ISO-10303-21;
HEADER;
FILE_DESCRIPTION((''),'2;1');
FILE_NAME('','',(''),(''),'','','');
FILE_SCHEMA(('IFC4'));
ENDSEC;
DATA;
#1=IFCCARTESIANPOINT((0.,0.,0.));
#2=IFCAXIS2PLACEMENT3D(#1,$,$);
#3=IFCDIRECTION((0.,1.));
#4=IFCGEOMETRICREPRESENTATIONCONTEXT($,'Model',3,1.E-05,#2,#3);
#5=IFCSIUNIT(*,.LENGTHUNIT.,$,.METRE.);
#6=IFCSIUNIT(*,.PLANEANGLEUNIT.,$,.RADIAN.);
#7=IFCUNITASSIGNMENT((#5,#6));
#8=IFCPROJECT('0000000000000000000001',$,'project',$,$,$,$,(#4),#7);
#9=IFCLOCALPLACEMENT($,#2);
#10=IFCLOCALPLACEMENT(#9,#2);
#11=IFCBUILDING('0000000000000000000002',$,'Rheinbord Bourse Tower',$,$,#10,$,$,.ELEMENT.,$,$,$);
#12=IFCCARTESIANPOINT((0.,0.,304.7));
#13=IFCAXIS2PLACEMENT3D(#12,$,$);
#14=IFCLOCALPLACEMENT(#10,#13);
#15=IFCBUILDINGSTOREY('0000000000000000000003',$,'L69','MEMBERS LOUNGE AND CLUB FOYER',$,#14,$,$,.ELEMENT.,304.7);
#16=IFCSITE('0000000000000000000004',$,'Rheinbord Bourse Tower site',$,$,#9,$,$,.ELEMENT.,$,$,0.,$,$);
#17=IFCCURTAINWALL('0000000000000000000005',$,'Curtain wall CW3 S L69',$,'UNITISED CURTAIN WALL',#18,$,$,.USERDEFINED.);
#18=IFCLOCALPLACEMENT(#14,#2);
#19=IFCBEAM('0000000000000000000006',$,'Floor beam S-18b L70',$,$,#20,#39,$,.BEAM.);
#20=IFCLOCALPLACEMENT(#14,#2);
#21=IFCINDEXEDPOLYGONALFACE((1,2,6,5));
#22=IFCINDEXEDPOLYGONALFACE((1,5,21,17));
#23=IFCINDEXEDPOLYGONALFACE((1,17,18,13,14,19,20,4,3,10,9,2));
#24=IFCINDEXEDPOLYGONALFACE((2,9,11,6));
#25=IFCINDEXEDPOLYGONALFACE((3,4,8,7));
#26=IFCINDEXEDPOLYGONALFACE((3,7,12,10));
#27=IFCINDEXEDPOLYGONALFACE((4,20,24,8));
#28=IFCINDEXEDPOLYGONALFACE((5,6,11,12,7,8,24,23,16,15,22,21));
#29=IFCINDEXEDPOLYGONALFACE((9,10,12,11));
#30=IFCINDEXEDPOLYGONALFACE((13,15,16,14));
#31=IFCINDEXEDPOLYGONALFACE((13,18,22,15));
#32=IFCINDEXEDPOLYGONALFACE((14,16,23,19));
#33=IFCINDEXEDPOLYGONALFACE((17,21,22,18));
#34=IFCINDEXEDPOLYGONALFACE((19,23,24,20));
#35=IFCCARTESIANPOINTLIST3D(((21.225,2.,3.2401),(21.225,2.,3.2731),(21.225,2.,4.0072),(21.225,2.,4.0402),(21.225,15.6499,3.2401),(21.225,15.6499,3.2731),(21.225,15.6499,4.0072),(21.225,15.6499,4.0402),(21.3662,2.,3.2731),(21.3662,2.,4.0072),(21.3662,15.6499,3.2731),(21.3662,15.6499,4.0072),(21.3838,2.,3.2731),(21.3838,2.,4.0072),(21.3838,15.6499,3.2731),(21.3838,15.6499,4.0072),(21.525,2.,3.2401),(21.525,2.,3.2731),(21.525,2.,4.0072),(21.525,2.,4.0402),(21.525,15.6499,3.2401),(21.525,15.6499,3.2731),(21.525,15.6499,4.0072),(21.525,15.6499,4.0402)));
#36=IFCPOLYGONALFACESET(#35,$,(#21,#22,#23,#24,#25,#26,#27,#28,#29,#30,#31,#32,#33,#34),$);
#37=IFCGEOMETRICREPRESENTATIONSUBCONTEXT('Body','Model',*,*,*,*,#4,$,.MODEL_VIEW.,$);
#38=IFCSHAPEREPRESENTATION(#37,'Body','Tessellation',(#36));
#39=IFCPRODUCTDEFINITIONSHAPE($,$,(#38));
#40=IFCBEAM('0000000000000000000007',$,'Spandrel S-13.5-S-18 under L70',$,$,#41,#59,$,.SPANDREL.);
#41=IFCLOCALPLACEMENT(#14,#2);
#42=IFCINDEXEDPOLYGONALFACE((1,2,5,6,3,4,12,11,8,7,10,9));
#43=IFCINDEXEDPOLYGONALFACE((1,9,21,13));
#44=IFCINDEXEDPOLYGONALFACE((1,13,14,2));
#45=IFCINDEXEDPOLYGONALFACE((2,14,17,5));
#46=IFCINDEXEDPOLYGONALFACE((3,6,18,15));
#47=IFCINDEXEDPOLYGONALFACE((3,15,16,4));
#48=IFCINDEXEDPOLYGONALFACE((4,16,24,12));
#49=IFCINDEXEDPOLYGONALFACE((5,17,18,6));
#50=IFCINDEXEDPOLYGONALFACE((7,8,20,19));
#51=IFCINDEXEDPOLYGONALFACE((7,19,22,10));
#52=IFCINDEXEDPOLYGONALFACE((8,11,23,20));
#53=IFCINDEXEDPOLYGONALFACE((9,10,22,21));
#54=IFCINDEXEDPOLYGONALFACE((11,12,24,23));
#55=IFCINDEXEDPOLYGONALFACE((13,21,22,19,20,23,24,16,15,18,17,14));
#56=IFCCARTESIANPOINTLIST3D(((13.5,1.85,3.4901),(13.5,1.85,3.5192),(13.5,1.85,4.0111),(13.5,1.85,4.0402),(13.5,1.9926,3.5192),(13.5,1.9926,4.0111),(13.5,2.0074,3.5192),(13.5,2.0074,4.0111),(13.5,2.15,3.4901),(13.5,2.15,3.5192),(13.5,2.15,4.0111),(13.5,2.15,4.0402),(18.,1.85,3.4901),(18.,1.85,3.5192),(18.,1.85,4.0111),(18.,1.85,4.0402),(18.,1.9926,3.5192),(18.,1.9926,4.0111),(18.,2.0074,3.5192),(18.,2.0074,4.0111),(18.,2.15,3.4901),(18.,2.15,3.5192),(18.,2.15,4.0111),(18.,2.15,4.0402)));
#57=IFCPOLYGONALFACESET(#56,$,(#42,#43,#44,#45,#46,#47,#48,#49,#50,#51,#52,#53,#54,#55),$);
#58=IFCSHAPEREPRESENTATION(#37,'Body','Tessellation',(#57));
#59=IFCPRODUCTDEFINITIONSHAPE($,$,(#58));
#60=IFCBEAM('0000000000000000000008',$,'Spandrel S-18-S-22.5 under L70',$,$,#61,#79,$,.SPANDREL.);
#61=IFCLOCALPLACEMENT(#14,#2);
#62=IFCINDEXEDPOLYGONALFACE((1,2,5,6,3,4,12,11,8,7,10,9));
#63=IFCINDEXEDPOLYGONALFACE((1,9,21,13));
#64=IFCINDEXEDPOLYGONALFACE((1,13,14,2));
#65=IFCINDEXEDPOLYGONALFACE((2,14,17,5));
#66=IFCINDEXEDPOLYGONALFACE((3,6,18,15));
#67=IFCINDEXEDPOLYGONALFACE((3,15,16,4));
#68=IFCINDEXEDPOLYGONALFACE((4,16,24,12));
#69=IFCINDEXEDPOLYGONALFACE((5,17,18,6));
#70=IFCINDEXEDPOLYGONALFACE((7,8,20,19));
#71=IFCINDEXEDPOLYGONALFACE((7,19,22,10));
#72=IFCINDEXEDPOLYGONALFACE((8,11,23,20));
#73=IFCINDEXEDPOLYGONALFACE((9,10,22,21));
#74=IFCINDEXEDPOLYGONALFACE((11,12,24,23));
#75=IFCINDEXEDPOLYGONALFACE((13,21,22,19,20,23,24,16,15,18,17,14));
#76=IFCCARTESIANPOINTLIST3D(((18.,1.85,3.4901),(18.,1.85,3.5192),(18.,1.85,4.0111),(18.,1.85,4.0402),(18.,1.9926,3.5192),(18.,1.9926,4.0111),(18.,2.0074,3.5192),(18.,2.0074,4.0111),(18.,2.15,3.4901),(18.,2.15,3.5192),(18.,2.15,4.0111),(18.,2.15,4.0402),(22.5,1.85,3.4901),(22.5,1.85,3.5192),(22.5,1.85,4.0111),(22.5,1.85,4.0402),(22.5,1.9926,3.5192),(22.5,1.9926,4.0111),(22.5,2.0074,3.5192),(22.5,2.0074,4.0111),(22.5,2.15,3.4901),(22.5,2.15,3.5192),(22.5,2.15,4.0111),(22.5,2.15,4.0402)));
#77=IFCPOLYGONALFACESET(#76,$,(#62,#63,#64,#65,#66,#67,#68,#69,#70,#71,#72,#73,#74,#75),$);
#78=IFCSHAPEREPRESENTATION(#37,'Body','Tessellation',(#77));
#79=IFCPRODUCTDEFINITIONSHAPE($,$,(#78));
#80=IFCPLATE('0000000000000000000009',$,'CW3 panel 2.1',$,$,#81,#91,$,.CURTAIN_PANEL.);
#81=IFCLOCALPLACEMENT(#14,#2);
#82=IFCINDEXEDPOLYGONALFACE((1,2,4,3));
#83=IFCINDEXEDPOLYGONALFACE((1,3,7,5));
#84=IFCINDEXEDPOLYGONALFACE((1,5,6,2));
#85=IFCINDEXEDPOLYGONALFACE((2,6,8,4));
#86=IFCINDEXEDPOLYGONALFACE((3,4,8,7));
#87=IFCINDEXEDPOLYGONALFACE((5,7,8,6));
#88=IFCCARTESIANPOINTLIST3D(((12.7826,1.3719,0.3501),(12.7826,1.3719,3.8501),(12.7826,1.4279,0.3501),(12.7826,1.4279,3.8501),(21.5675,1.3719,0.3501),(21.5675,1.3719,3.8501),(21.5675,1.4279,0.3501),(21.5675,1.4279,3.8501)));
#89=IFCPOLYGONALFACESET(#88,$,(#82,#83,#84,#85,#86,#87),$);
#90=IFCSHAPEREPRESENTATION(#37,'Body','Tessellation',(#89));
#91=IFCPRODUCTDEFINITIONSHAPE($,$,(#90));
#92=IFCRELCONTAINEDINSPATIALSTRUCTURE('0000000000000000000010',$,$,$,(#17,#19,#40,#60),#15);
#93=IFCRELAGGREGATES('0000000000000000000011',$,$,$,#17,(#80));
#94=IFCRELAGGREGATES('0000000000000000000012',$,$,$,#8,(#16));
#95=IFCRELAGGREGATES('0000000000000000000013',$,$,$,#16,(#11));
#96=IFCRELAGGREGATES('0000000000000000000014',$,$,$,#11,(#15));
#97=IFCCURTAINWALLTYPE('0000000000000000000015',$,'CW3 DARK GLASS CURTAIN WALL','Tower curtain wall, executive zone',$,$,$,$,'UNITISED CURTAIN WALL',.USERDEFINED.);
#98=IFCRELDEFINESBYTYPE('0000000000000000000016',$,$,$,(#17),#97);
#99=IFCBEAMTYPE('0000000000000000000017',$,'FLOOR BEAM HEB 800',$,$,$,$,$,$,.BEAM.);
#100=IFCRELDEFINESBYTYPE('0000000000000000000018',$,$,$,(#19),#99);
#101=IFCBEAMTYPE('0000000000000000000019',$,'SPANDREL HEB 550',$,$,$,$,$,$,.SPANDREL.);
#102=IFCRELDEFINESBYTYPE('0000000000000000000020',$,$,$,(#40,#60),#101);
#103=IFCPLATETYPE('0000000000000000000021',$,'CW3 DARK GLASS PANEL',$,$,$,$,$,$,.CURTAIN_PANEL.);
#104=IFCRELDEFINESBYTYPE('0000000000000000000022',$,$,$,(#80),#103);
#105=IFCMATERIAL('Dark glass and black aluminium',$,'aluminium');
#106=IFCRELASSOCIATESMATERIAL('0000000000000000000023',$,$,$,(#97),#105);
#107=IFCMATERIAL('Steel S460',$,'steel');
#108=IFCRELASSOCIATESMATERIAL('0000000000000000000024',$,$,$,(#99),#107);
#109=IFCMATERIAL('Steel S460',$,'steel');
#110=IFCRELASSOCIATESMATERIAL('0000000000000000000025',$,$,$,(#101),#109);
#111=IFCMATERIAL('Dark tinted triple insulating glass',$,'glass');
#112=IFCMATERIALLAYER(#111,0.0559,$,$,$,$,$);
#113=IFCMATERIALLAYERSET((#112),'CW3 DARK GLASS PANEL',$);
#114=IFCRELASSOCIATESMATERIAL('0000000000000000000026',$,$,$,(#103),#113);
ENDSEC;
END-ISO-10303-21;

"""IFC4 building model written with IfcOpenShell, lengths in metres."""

from ifc_helpers import new_model, si_unit, direction, frame, origin, origin_2d, place, context, subcontext, project, spatial, rectangle, i_section, extrude, material, layer, layer_set, material_profile, profile_set, type_object, element, aggregate, save


model = new_model("IFC4")

# Units and contexts
model_context = context("Model", 3, precision=1e-05, world=origin(), true_north=direction((0.0, 1.0)))
body_context = subcontext(model_context, "Body", "Model", "MODEL_VIEW")
ifc_project = project(units=[si_unit("LENGTHUNIT", "METRE"), si_unit("PLANEANGLEUNIT", "RADIAN")], contexts=[model_context])

# Site, building, storey
site_placement = place(None, origin())
site = spatial("IfcSite", under=ifc_project, at=site_placement, Name="Rheinbord Bourse Tower site", CompositionType="ELEMENT", RefElevation=0.0)
building_placement = place(site_placement, origin())
building = spatial("IfcBuilding", under=site, at=building_placement, Name="Rheinbord Bourse Tower", CompositionType="ELEMENT")
storey_placement = place(building_placement, frame((0.0, 0.0, 304.7)))
storey = spatial("IfcBuildingStorey", under=building, at=storey_placement, Name="L69", Description="MEMBERS LOUNGE AND CLUB FOYER", CompositionType="ELEMENT", Elevation=304.7)

# Curtain wall
ifc_material_1 = material(Name="Dark glass and black aluminium", Category="aluminium")
curtain_wall_type = type_object("IfcCurtainWallType", Name="CW3 DARK GLASS CURTAIN WALL", Description="Tower curtain wall, executive zone", ElementType="UNITISED CURTAIN WALL", PredefinedType="USERDEFINED", material=ifc_material_1)
curtain_wall_placement = place(storey_placement, origin())
curtain_wall = element("IfcCurtainWall", 1, at=curtain_wall_placement, inside=storey, type_object=curtain_wall_type, Name="Curtain wall CW3 S L69", ObjectType="UNITISED CURTAIN WALL", PredefinedType="USERDEFINED")

# Beams
ifc_material_2 = material(Name="Steel S460", Category="steel")
ifc_material_profile_1 = material_profile(ifc_material_2, i_section(OverallWidth=0.3, OverallDepth=0.8, WebThickness=0.0176, FlangeThickness=0.033, at=origin_2d()), Name="HEB 800")
ifc_profile_set_1 = profile_set([ifc_material_profile_1], Name="Steel S460")
beam_type_1 = type_object("IfcBeamType", Name="FLOOR BEAM HEB 800", PredefinedType="BEAM", material=ifc_profile_set_1)
for number, where, z_axis, x_axis, name in (
    (2, (21.375, 2.0, 3.6401), (0.0, 1.0, 0.0), (-1.0, 0.0, 0.0), "Floor beam S-18b L70"),
):
    element("IfcBeam", number, at=place(storey_placement, frame(where, z_axis=z_axis, x_axis=x_axis)), inside=storey, type_object=beam_type_1, Name=name, PredefinedType="BEAM", context=body_context, shape_type="SweptSolid", body=[
        extrude(i_section(OverallWidth=0.3, OverallDepth=0.8, WebThickness=0.0176, FlangeThickness=0.033, at=origin_2d()), origin(), (0.0, 0.0, 1.0), 13.6499),
    ])
ifc_material_3 = material(Name="Steel S460", Category="steel")
ifc_material_profile_2 = material_profile(ifc_material_3, i_section(OverallWidth=0.3, OverallDepth=0.55, WebThickness=0.0149, FlangeThickness=0.0291, at=origin_2d()), Name="HEB 550")
ifc_profile_set_2 = profile_set([ifc_material_profile_2], Name="Steel S460")
beam_type_2 = type_object("IfcBeamType", Name="SPANDREL HEB 550", PredefinedType="SPANDREL", material=ifc_profile_set_2)
for number, where, z_axis, x_axis, name in (
    (3, (13.5, 2.0, 3.7651), (1.0, 0.0, 0.0), (0.0, 1.0, 0.0), "Spandrel S-13.5-S-18 under L70"),
    (4, (18.0, 2.0, 3.7651), (1.0, 0.0, 0.0), (0.0, 1.0, 0.0), "Spandrel S-18-S-22.5 under L70"),
):
    element("IfcBeam", number, at=place(storey_placement, frame(where, z_axis=z_axis, x_axis=x_axis)), inside=storey, type_object=beam_type_2, Name=name, PredefinedType="SPANDREL", context=body_context, shape_type="SweptSolid", body=[
        extrude(i_section(OverallWidth=0.3, OverallDepth=0.55, WebThickness=0.0149, FlangeThickness=0.0291, at=origin_2d()), origin(), (0.0, 0.0, 1.0), 4.5),
    ])

# Plate
ifc_material_4 = material(Name="Dark tinted triple insulating glass", Category="glass")
ifc_layer = layer(ifc_material_4, 0.0559)
ifc_layer_set = layer_set([ifc_layer], Name="CW3 DARK GLASS PANEL")
plate_type = type_object("IfcPlateType", Name="CW3 DARK GLASS PANEL", PredefinedType="CURTAIN_PANEL", material=ifc_layer_set)
plate_placement = place(storey_placement, frame((17.175, 1.3999, 0.3501), z_axis=(0.0, 0.0, 1.0), x_axis=(1.0, 0.0, 0.0)))
plate = element("IfcPlate", 5, at=plate_placement, type_object=plate_type, Name="CW3 panel 2.1", PredefinedType="CURTAIN_PANEL", context=body_context, shape_type="SweptSolid", body=[
    extrude(rectangle(XDim=8.7849, YDim=0.0559, at=origin_2d()), origin(), (0.0, 0.0, 1.0), 3.5),
])
aggregate(curtain_wall, [plate])

save(model, "model.ifc")
